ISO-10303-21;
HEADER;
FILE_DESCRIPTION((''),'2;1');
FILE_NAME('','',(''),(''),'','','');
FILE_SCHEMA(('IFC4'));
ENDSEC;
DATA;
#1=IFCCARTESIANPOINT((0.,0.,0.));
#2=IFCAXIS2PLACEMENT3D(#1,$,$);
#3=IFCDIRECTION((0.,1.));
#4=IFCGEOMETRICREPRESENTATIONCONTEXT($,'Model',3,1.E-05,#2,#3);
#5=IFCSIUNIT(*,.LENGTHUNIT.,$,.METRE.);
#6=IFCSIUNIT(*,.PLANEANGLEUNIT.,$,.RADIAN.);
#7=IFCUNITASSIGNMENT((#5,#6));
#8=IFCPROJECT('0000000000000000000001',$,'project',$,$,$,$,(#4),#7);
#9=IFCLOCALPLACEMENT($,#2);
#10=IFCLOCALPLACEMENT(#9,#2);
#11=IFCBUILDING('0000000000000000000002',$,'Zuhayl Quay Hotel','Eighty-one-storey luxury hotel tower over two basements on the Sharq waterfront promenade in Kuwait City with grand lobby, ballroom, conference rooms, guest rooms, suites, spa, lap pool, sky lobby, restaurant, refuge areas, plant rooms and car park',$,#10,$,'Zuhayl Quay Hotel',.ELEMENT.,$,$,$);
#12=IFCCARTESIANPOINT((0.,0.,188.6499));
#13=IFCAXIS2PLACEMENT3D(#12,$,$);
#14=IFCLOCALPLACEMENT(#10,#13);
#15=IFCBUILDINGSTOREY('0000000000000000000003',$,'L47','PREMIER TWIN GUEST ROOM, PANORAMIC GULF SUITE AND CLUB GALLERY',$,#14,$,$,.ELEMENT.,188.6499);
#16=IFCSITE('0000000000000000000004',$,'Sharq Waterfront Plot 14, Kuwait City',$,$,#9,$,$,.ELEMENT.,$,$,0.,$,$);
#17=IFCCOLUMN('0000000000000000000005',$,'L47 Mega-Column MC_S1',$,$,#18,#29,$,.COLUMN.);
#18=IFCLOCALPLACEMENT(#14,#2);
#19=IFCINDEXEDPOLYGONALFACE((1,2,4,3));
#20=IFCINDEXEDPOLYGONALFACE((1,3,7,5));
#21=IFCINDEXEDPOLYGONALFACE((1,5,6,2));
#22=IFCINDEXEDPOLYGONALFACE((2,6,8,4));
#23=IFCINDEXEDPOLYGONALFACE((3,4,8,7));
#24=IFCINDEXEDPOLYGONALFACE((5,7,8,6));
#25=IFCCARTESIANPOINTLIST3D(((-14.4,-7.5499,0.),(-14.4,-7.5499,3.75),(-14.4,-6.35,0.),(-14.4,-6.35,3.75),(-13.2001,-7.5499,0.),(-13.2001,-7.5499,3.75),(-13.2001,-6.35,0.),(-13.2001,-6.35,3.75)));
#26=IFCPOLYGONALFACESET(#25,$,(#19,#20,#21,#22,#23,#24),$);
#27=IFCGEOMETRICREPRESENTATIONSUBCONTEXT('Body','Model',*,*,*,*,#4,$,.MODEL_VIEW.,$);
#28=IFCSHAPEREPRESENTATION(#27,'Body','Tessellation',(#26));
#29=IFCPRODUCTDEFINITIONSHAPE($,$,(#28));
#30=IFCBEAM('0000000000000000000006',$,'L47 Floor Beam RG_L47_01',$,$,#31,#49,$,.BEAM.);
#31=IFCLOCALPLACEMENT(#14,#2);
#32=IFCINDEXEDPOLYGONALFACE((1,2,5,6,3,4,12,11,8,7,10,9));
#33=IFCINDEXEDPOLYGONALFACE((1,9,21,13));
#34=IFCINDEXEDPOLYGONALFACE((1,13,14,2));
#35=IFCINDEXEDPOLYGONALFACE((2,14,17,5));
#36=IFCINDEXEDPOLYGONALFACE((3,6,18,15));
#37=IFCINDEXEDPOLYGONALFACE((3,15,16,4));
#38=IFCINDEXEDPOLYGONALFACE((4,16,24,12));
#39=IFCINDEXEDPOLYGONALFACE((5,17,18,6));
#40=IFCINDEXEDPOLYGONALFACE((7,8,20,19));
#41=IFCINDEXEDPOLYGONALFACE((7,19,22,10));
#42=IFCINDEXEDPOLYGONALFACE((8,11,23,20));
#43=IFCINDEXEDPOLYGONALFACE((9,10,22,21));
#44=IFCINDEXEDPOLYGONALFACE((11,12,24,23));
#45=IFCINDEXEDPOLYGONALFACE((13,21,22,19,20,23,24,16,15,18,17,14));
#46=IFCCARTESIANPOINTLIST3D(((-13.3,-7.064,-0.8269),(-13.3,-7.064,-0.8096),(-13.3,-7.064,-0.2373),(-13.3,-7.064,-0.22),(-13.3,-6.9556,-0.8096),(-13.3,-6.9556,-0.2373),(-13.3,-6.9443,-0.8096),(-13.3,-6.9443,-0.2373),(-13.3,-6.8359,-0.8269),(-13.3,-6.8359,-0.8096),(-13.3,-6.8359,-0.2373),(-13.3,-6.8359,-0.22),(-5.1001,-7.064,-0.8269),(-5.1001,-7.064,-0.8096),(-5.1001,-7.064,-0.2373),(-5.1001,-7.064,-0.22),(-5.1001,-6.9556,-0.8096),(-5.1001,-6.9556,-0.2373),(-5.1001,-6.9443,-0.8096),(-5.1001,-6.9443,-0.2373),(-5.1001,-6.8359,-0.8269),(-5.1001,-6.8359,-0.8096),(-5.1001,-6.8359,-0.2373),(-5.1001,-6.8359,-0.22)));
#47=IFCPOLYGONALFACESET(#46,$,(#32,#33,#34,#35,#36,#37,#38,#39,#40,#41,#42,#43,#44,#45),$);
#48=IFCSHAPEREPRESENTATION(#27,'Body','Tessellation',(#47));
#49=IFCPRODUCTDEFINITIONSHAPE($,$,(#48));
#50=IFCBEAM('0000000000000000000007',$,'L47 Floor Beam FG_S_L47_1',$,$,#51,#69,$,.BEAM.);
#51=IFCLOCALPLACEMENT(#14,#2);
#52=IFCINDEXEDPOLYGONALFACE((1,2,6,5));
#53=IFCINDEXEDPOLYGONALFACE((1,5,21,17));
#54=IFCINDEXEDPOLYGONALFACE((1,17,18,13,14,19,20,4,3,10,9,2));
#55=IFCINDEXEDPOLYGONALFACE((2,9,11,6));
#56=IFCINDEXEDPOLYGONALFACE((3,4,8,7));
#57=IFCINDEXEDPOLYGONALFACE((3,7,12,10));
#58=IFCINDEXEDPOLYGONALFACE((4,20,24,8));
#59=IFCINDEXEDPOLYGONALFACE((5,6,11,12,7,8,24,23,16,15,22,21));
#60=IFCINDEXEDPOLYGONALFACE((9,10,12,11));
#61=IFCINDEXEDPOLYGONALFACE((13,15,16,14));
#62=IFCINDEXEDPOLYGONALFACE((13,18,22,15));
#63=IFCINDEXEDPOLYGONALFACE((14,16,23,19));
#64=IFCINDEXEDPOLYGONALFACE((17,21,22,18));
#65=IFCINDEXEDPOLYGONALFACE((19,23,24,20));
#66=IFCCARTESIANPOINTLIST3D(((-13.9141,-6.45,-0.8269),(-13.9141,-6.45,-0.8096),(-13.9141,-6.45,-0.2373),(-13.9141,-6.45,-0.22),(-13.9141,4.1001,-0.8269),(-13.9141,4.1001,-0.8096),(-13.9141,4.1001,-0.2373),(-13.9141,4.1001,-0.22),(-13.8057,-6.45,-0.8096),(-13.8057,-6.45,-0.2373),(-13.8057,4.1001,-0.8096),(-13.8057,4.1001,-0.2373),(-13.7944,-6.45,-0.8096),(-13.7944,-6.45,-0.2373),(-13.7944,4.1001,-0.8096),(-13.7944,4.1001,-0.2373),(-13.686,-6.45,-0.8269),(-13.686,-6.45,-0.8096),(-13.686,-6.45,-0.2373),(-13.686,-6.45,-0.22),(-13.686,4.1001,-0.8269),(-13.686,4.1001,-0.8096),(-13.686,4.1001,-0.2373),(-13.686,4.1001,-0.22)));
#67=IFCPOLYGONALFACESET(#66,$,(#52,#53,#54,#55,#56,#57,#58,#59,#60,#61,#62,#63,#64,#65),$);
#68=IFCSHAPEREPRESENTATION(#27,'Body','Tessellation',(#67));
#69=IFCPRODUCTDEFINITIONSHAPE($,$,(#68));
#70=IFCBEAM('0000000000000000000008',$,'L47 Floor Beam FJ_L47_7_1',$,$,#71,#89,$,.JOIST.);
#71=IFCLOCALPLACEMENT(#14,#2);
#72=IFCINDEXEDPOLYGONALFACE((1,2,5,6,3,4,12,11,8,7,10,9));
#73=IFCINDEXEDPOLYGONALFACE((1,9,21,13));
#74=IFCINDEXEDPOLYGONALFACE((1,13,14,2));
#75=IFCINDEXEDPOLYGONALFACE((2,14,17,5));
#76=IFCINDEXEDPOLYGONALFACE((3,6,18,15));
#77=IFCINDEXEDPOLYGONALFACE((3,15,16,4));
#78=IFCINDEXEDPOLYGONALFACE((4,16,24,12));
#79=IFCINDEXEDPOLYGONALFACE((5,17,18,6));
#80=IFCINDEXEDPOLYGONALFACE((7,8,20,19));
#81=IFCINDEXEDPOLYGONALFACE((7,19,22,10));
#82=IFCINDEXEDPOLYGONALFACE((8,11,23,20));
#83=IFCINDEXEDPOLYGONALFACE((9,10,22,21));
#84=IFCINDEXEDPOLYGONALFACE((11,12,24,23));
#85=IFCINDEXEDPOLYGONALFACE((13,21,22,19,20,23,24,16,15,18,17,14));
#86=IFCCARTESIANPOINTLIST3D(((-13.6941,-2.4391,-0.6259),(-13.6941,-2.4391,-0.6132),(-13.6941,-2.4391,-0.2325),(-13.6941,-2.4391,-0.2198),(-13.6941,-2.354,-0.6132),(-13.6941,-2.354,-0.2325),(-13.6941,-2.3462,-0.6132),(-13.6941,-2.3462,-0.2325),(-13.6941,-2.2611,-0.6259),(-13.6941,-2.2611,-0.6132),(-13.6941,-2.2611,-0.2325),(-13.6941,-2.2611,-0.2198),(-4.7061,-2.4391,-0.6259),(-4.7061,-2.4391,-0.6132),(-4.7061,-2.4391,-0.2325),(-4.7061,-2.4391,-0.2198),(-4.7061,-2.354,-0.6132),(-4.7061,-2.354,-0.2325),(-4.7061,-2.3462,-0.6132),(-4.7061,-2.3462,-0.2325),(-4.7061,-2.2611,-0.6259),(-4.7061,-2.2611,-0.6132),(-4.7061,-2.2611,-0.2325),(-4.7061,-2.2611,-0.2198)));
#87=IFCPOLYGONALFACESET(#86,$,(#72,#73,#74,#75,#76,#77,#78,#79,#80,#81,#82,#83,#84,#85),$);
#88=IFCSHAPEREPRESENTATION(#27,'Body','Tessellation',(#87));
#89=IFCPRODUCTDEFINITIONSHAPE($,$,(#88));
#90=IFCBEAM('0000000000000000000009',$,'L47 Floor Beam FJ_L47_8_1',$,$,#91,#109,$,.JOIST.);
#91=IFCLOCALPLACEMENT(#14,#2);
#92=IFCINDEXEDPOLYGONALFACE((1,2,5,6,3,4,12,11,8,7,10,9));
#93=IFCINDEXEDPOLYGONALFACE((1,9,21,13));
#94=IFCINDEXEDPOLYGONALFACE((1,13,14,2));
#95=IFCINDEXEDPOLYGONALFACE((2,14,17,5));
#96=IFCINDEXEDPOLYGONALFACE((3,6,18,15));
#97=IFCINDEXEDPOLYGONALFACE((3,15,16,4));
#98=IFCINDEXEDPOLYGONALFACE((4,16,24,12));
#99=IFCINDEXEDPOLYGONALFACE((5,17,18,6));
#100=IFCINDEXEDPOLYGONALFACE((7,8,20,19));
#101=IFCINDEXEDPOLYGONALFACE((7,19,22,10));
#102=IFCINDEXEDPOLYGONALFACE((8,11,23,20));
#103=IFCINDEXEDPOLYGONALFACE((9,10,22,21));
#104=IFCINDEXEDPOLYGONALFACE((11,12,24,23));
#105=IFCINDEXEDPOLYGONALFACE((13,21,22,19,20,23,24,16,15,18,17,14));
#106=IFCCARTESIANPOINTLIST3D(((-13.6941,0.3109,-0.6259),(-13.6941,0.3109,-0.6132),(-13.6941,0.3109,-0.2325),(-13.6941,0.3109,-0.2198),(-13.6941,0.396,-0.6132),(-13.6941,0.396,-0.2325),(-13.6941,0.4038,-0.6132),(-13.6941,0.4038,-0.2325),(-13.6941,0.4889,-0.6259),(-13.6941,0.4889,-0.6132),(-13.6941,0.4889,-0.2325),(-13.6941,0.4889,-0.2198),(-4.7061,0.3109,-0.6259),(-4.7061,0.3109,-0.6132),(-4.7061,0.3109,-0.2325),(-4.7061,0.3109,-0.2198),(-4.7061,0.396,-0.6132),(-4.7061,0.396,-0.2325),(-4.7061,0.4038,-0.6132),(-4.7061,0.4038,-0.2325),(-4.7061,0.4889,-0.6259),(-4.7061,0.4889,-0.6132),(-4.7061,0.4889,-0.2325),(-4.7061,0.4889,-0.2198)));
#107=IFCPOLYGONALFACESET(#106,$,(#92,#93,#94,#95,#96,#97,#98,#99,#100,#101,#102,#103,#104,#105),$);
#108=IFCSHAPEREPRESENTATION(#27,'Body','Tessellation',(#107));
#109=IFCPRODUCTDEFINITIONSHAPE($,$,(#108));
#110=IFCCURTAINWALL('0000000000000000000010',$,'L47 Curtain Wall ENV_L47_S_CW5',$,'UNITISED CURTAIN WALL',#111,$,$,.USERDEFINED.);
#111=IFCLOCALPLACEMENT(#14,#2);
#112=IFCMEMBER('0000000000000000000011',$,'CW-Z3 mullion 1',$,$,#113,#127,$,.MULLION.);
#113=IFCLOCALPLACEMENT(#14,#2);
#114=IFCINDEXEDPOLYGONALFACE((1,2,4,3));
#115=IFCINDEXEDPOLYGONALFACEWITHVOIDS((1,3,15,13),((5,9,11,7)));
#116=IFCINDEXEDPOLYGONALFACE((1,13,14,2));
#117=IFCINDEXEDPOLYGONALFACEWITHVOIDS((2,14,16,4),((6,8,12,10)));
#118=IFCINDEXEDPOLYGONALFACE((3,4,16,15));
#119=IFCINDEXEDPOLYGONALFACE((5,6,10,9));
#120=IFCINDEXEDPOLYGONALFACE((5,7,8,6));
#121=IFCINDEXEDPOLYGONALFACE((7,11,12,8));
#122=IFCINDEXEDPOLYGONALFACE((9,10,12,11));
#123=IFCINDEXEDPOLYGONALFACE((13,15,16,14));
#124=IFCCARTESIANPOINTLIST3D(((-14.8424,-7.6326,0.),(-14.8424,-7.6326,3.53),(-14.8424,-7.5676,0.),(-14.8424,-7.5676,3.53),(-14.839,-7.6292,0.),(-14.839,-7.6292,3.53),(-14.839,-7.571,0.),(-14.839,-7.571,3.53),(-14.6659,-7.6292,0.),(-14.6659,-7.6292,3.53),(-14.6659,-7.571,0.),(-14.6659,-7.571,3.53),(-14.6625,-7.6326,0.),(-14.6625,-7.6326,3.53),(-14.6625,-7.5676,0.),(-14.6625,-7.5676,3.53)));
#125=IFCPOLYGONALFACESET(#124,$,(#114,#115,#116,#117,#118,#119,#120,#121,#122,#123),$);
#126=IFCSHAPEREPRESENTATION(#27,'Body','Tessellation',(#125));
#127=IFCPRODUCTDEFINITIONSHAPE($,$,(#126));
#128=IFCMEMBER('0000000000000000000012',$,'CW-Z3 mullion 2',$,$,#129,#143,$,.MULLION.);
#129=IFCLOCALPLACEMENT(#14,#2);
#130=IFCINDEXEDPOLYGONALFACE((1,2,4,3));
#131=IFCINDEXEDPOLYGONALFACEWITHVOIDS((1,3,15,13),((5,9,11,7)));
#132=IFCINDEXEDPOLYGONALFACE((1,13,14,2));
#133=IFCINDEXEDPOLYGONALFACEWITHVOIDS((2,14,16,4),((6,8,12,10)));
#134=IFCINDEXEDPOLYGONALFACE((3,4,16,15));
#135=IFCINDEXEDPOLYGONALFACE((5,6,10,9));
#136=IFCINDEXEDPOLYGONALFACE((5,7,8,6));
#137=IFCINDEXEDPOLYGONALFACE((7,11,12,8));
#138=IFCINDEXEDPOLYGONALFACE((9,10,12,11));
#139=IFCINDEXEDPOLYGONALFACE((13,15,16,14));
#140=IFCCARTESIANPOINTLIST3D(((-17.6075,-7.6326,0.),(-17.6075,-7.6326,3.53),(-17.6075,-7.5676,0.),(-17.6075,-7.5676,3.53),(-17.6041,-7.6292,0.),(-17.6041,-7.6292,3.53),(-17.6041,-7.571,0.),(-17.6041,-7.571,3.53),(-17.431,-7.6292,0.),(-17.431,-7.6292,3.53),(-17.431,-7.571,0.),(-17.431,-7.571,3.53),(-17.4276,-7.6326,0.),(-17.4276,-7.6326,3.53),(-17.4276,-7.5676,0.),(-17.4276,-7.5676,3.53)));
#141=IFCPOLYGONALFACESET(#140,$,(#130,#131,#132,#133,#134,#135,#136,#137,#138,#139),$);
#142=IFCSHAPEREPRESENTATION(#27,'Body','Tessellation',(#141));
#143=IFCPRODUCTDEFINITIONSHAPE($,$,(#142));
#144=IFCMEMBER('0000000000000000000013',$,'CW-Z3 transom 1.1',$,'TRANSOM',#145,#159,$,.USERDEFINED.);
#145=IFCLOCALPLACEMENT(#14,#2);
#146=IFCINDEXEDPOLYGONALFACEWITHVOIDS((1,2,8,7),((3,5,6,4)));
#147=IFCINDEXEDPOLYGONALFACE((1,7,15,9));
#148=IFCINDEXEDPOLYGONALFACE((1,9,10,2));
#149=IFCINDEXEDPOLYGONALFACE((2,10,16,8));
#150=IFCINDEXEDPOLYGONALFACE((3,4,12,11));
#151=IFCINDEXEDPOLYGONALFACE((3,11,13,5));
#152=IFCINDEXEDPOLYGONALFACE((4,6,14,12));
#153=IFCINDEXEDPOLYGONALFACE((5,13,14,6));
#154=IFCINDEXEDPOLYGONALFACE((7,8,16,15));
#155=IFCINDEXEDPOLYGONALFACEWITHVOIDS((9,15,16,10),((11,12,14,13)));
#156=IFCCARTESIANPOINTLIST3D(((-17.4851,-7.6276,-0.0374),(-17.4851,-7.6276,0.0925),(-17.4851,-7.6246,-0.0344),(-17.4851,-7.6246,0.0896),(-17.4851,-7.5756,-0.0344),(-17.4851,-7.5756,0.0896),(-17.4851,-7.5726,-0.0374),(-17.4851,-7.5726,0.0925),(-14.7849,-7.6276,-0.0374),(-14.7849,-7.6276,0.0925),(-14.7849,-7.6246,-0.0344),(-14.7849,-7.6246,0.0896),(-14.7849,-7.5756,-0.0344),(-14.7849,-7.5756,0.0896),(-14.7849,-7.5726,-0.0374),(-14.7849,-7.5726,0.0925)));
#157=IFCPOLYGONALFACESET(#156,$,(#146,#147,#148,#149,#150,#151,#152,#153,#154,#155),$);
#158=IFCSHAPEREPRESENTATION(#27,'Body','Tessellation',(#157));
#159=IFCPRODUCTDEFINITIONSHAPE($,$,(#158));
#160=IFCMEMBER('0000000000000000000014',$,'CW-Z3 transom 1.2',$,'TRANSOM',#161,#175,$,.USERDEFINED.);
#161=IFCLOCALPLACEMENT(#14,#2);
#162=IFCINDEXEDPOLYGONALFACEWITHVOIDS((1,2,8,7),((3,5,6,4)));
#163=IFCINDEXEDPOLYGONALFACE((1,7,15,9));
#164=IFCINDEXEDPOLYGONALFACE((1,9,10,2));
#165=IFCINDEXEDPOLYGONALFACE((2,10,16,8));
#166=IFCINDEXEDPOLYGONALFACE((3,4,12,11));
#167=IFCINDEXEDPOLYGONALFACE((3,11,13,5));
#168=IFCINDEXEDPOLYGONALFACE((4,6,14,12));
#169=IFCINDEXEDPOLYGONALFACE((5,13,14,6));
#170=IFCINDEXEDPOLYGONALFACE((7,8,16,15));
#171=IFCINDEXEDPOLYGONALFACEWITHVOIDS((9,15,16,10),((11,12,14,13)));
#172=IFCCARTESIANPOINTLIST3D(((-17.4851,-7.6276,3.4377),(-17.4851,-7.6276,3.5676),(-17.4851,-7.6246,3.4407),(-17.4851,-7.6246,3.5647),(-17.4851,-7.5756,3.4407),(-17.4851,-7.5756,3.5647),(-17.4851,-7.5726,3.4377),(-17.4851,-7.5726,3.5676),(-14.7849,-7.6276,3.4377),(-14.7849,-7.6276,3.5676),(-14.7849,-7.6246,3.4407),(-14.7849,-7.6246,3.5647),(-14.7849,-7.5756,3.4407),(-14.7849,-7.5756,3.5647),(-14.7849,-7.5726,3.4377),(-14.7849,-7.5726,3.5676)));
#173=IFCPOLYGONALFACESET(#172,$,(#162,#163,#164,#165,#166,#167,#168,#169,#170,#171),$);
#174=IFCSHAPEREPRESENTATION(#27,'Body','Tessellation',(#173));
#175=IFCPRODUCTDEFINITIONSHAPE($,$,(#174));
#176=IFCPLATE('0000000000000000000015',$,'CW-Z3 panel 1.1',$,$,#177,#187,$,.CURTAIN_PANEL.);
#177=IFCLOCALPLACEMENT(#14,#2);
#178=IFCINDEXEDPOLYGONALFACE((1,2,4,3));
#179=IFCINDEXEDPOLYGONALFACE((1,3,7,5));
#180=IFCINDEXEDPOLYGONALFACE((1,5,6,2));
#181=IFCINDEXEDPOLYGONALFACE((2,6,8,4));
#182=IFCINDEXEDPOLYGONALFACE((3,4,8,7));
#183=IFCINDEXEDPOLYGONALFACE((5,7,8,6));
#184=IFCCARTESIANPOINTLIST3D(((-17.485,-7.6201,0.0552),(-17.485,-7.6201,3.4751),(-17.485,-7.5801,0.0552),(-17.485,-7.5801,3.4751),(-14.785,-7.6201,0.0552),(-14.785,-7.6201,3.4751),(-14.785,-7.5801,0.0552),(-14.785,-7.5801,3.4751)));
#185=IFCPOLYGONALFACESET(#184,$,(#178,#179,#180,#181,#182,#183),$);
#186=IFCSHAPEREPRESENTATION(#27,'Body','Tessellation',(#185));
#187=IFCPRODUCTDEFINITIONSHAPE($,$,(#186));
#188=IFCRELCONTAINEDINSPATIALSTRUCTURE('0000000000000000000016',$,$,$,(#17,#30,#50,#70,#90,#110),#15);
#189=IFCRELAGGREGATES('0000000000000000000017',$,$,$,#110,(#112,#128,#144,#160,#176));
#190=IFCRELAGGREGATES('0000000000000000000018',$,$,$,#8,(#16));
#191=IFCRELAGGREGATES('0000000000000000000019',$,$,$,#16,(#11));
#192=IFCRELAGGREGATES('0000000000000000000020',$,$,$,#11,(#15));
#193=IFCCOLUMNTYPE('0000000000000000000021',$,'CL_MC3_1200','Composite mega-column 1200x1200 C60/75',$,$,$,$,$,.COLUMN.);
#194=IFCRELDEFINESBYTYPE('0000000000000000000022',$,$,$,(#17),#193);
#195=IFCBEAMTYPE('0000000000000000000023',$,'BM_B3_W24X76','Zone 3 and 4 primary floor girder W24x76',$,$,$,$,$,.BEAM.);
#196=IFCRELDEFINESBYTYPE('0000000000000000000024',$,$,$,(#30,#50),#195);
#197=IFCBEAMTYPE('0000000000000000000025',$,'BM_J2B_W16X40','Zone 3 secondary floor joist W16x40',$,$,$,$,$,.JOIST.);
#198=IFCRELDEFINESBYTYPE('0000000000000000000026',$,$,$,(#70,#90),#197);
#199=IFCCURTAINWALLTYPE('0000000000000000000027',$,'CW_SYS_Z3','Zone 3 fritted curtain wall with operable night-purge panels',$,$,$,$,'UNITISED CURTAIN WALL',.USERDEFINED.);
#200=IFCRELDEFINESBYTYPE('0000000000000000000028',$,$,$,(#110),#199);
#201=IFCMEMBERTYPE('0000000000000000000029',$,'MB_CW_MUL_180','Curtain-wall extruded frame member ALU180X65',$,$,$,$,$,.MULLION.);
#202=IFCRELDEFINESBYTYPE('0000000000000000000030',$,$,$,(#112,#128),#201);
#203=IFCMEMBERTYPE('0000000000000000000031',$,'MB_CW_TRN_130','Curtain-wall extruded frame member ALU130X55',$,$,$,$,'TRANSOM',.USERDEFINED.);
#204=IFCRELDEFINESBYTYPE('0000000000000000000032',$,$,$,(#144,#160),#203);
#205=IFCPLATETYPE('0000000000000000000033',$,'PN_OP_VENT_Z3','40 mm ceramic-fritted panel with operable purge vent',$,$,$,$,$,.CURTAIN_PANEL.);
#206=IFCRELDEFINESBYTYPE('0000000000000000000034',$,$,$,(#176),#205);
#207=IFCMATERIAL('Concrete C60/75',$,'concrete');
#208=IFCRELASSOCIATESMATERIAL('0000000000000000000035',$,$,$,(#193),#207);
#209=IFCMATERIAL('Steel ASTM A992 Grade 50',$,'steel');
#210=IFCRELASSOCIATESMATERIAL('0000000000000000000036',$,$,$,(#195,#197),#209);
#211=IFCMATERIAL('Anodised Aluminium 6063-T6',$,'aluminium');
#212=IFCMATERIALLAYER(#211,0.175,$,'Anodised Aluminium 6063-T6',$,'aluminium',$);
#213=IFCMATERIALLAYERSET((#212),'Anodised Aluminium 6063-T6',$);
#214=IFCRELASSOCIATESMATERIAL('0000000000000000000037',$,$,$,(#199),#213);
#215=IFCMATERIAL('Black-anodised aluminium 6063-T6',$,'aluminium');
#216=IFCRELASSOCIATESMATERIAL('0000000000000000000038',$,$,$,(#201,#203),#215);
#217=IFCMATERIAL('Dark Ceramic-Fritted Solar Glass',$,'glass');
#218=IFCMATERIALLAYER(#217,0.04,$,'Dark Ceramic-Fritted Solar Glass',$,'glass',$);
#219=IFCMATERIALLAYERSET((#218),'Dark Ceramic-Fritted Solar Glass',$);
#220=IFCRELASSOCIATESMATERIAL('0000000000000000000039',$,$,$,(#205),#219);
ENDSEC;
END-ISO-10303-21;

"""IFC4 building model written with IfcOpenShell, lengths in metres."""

from ifc_helpers import new_model, si_unit, direction, frame, origin, origin_2d, place, context, subcontext, project, spatial, rectangle, hollow_rectangle, i_section, extrude, material, layer, layer_set, material_profile, profile_set, type_object, element, aggregate, save


model = new_model("IFC4")

# Units and contexts
model_context = context("Model", 3, precision=1e-05, world=origin(), true_north=direction((0.0, 1.0)))
body_context = subcontext(model_context, "Body", "Model", "MODEL_VIEW")
ifc_project = project(units=[si_unit("LENGTHUNIT", "METRE"), si_unit("PLANEANGLEUNIT", "RADIAN")], contexts=[model_context])

# Site, building, storey
site_placement = place(None, origin())
site = spatial("IfcSite", under=ifc_project, at=site_placement, Name="Sharq Waterfront Plot 14, Kuwait City", CompositionType="ELEMENT", RefElevation=0.0)
building_placement = place(site_placement, origin())
building = spatial("IfcBuilding", under=site, at=building_placement, Name="Zuhayl Quay Hotel", Description="Eighty-one-storey luxury hotel tower over two basements on the Sharq waterfront promenade in Kuwait City with grand lobby, ballroom, conference rooms, guest rooms, suites, spa, lap pool, sky lobby, restaurant, refuge areas, plant rooms and car park", LongName="Zuhayl Quay Hotel", CompositionType="ELEMENT")
storey_placement = place(building_placement, frame((0.0, 0.0, 188.6499)))
storey = spatial("IfcBuildingStorey", under=building, at=storey_placement, Name="L47", Description="PREMIER TWIN GUEST ROOM, PANORAMIC GULF SUITE AND CLUB GALLERY", CompositionType="ELEMENT", Elevation=188.6499)

# Column
ifc_material_1 = material(Name="Concrete C60/75", Category="concrete")
ifc_material_profile_1 = material_profile(ifc_material_1, rectangle(XDim=1.2, YDim=1.2, at=origin_2d()), Name="RC1200X1200")
ifc_profile_set_1 = profile_set([ifc_material_profile_1], Name="Concrete C60/75")
column_type = type_object("IfcColumnType", Name="CL_MC3_1200", Description="Composite mega-column 1200x1200 C60/75", PredefinedType="COLUMN", material=ifc_profile_set_1)
column_placement = place(storey_placement, frame((-13.8, -6.95, 0.0), z_axis=(0.0, 0.0, 1.0), x_axis=(1.0, 0.0, 0.0)))
element("IfcColumn", 1, at=column_placement, inside=storey, type_object=column_type, Name="L47 Mega-Column MC_S1", PredefinedType="COLUMN", context=body_context, shape_type="SweptSolid", body=[
    extrude(rectangle(XDim=1.2, YDim=1.2, at=origin_2d()), origin(), (0.0, 0.0, 1.0), 3.75),
])

# Beams
ifc_material_2 = material(Name="Steel ASTM A992 Grade 50", Category="steel")
ifc_material_profile_2 = material_profile(ifc_material_2, i_section(OverallWidth=0.228, OverallDepth=0.6069, WebThickness=0.0112, FlangeThickness=0.0173, at=origin_2d()), Name="W24X76")
ifc_profile_set_2 = profile_set([ifc_material_profile_2], Name="Steel ASTM A992 Grade 50")
beam_type_1 = type_object("IfcBeamType", Name="BM_B3_W24X76", Description="Zone 3 and 4 primary floor girder W24x76", PredefinedType="BEAM", material=ifc_profile_set_2)
beam_1_placement = place(storey_placement, frame((-13.3, -6.95, -0.5234), z_axis=(1.0, 0.0, 0.0), x_axis=(0.0, 1.0, 0.0)))
element("IfcBeam", 2, at=beam_1_placement, inside=storey, type_object=beam_type_1, Name="L47 Floor Beam RG_L47_01", PredefinedType="BEAM", context=body_context, shape_type="SweptSolid", body=[
    extrude(i_section(OverallWidth=0.228, OverallDepth=0.6069, WebThickness=0.0112, FlangeThickness=0.0173, at=origin_2d()), origin(), (0.0, 0.0, 1.0), 8.2),
])
beam_2_placement = place(storey_placement, frame((-13.8, -6.45, -0.5234), z_axis=(0.0, 1.0, 0.0), x_axis=(-1.0, 0.0, 0.0)))
element("IfcBeam", 3, at=beam_2_placement, inside=storey, type_object=beam_type_1, Name="L47 Floor Beam FG_S_L47_1", PredefinedType="BEAM", context=body_context, shape_type="SweptSolid", body=[
    extrude(i_section(OverallWidth=0.228, OverallDepth=0.6069, WebThickness=0.0112, FlangeThickness=0.0173, at=origin_2d()), origin(), (0.0, 0.0, 1.0), 10.55),
])
ifc_material_profile_3 = material_profile(ifc_material_2, i_section(OverallWidth=0.178, OverallDepth=0.406, WebThickness=0.0078, FlangeThickness=0.0127, at=origin_2d()), Name="W16X40")
ifc_profile_set_3 = profile_set([ifc_material_profile_3], Name="Steel ASTM A992 Grade 50")
beam_type_2 = type_object("IfcBeamType", Name="BM_J2B_W16X40", Description="Zone 3 secondary floor joist W16x40", PredefinedType="JOIST", material=ifc_profile_set_3)
for number, where, z_axis, x_axis, name in (
    (4, (-13.6941, -2.3501, -0.4229), (1.0, 0.0, 0.0), (0.0, 1.0, 0.0), "L47 Floor Beam FJ_L47_7_1"),
    (5, (-13.6941, 0.3999, -0.4229), (1.0, 0.0, 0.0), (0.0, 1.0, 0.0), "L47 Floor Beam FJ_L47_8_1"),
):
    element("IfcBeam", number, at=place(storey_placement, frame(where, z_axis=z_axis, x_axis=x_axis)), inside=storey, type_object=beam_type_2, Name=name, PredefinedType="JOIST", context=body_context, shape_type="SweptSolid", body=[
        extrude(i_section(OverallWidth=0.178, OverallDepth=0.406, WebThickness=0.0078, FlangeThickness=0.0127, at=origin_2d()), origin(), (0.0, 0.0, 1.0), 8.988),
    ])

# Curtain wall, members, plate
ifc_material_3 = material(Name="Anodised Aluminium 6063-T6", Category="aluminium")
ifc_layer_1 = layer(ifc_material_3, 0.175, Name="Anodised Aluminium 6063-T6", Category="aluminium")
ifc_layer_set_1 = layer_set([ifc_layer_1], Name="Anodised Aluminium 6063-T6")
curtain_wall_type = type_object("IfcCurtainWallType", Name="CW_SYS_Z3", Description="Zone 3 fritted curtain wall with operable night-purge panels", ElementType="UNITISED CURTAIN WALL", PredefinedType="USERDEFINED", material=ifc_layer_set_1)
curtain_wall_placement = place(storey_placement, origin())
curtain_wall = element("IfcCurtainWall", 6, at=curtain_wall_placement, inside=storey, type_object=curtain_wall_type, Name="L47 Curtain Wall ENV_L47_S_CW5", ObjectType="UNITISED CURTAIN WALL", PredefinedType="USERDEFINED")
ifc_material_4 = material(Name="Black-anodised aluminium 6063-T6", Category="aluminium")
ifc_material_profile_4 = material_profile(ifc_material_4, hollow_rectangle(XDim=0.0649, YDim=0.1799, WallThickness=0.0034, at=origin_2d()), Name="ALU180X65")
ifc_profile_set_4 = profile_set([ifc_material_profile_4], Name="Black-anodised aluminium 6063-T6")
member_type_1 = type_object("IfcMemberType", Name="MB_CW_MUL_180", Description="Curtain-wall extruded frame member ALU180X65", PredefinedType="MULLION", material=ifc_profile_set_4)
member_1_placement = place(storey_placement, frame((-14.7524, -7.6001, 0.0), z_axis=(0.0, 0.0, 1.0), x_axis=(0.0, -1.0, 0.0)))
member_1 = element("IfcMember", 7, at=member_1_placement, type_object=member_type_1, Name="CW-Z3 mullion 1", PredefinedType="MULLION", context=body_context, shape_type="SweptSolid", body=[
    extrude(hollow_rectangle(XDim=0.0649, YDim=0.1799, WallThickness=0.0034, at=origin_2d()), origin(), (0.0, 0.0, 1.0), 3.53),
])
member_2_placement = place(storey_placement, frame((-17.5176, -7.6001, 0.0), z_axis=(0.0, 0.0, 1.0), x_axis=(0.0, -1.0, 0.0)))
member_2 = element("IfcMember", 8, at=member_2_placement, type_object=member_type_1, Name="CW-Z3 mullion 2", PredefinedType="MULLION", context=body_context, shape_type="SweptSolid", body=[
    extrude(hollow_rectangle(XDim=0.0649, YDim=0.1799, WallThickness=0.0034, at=origin_2d()), origin(), (0.0, 0.0, 1.0), 3.53),
])
ifc_material_profile_5 = material_profile(ifc_material_4, hollow_rectangle(XDim=0.0549, YDim=0.1299, WallThickness=0.0029, at=origin_2d()), Name="ALU130X55")
ifc_profile_set_5 = profile_set([ifc_material_profile_5], Name="Black-anodised aluminium 6063-T6")
member_type_2 = type_object("IfcMemberType", Name="MB_CW_TRN_130", Description="Curtain-wall extruded frame member ALU130X55", ElementType="TRANSOM", PredefinedType="USERDEFINED", material=ifc_profile_set_5)
member_3_placement = place(storey_placement, frame((-14.7849, -7.6001, 0.0276), z_axis=(-1.0, 0.0, 0.0), x_axis=(0.0, -1.0, 0.0)))
member_3 = element("IfcMember", 9, at=member_3_placement, type_object=member_type_2, Name="CW-Z3 transom 1.1", ObjectType="TRANSOM", PredefinedType="USERDEFINED", context=body_context, shape_type="SweptSolid", body=[
    extrude(hollow_rectangle(XDim=0.0549, YDim=0.1299, WallThickness=0.0029, at=origin_2d()), origin(), (0.0, 0.0, 1.0), 2.7002),
])
member_4_placement = place(storey_placement, frame((-14.7849, -7.6001, 3.5027), z_axis=(-1.0, 0.0, 0.0), x_axis=(0.0, -1.0, 0.0)))
member_4 = element("IfcMember", 10, at=member_4_placement, type_object=member_type_2, Name="CW-Z3 transom 1.2", ObjectType="TRANSOM", PredefinedType="USERDEFINED", context=body_context, shape_type="SweptSolid", body=[
    extrude(hollow_rectangle(XDim=0.0549, YDim=0.1299, WallThickness=0.0029, at=origin_2d()), origin(), (0.0, 0.0, 1.0), 2.7002),
])
ifc_material_5 = material(Name="Dark Ceramic-Fritted Solar Glass", Category="glass")
ifc_layer_2 = layer(ifc_material_5, 0.04, Name="Dark Ceramic-Fritted Solar Glass", Category="glass")
ifc_layer_set_2 = layer_set([ifc_layer_2], Name="Dark Ceramic-Fritted Solar Glass")
plate_type = type_object("IfcPlateType", Name="PN_OP_VENT_Z3", Description="40 mm ceramic-fritted panel with operable purge vent", PredefinedType="CURTAIN_PANEL", material=ifc_layer_set_2)
plate_placement = place(storey_placement, frame((-16.135, -7.6001, 0.0552), z_axis=(0.0, 0.0, 1.0), x_axis=(-1.0, 0.0, 0.0)))
plate = element("IfcPlate", 11, at=plate_placement, type_object=plate_type, Name="CW-Z3 panel 1.1", PredefinedType="CURTAIN_PANEL", context=body_context, shape_type="SweptSolid", body=[
    extrude(rectangle(XDim=2.7, YDim=0.04, at=origin_2d()), origin(), (0.0, 0.0, 1.0), 3.4199),
])
aggregate(curtain_wall, [member_1, member_2, member_3, member_4, plate])

save(model, "model.ifc")
